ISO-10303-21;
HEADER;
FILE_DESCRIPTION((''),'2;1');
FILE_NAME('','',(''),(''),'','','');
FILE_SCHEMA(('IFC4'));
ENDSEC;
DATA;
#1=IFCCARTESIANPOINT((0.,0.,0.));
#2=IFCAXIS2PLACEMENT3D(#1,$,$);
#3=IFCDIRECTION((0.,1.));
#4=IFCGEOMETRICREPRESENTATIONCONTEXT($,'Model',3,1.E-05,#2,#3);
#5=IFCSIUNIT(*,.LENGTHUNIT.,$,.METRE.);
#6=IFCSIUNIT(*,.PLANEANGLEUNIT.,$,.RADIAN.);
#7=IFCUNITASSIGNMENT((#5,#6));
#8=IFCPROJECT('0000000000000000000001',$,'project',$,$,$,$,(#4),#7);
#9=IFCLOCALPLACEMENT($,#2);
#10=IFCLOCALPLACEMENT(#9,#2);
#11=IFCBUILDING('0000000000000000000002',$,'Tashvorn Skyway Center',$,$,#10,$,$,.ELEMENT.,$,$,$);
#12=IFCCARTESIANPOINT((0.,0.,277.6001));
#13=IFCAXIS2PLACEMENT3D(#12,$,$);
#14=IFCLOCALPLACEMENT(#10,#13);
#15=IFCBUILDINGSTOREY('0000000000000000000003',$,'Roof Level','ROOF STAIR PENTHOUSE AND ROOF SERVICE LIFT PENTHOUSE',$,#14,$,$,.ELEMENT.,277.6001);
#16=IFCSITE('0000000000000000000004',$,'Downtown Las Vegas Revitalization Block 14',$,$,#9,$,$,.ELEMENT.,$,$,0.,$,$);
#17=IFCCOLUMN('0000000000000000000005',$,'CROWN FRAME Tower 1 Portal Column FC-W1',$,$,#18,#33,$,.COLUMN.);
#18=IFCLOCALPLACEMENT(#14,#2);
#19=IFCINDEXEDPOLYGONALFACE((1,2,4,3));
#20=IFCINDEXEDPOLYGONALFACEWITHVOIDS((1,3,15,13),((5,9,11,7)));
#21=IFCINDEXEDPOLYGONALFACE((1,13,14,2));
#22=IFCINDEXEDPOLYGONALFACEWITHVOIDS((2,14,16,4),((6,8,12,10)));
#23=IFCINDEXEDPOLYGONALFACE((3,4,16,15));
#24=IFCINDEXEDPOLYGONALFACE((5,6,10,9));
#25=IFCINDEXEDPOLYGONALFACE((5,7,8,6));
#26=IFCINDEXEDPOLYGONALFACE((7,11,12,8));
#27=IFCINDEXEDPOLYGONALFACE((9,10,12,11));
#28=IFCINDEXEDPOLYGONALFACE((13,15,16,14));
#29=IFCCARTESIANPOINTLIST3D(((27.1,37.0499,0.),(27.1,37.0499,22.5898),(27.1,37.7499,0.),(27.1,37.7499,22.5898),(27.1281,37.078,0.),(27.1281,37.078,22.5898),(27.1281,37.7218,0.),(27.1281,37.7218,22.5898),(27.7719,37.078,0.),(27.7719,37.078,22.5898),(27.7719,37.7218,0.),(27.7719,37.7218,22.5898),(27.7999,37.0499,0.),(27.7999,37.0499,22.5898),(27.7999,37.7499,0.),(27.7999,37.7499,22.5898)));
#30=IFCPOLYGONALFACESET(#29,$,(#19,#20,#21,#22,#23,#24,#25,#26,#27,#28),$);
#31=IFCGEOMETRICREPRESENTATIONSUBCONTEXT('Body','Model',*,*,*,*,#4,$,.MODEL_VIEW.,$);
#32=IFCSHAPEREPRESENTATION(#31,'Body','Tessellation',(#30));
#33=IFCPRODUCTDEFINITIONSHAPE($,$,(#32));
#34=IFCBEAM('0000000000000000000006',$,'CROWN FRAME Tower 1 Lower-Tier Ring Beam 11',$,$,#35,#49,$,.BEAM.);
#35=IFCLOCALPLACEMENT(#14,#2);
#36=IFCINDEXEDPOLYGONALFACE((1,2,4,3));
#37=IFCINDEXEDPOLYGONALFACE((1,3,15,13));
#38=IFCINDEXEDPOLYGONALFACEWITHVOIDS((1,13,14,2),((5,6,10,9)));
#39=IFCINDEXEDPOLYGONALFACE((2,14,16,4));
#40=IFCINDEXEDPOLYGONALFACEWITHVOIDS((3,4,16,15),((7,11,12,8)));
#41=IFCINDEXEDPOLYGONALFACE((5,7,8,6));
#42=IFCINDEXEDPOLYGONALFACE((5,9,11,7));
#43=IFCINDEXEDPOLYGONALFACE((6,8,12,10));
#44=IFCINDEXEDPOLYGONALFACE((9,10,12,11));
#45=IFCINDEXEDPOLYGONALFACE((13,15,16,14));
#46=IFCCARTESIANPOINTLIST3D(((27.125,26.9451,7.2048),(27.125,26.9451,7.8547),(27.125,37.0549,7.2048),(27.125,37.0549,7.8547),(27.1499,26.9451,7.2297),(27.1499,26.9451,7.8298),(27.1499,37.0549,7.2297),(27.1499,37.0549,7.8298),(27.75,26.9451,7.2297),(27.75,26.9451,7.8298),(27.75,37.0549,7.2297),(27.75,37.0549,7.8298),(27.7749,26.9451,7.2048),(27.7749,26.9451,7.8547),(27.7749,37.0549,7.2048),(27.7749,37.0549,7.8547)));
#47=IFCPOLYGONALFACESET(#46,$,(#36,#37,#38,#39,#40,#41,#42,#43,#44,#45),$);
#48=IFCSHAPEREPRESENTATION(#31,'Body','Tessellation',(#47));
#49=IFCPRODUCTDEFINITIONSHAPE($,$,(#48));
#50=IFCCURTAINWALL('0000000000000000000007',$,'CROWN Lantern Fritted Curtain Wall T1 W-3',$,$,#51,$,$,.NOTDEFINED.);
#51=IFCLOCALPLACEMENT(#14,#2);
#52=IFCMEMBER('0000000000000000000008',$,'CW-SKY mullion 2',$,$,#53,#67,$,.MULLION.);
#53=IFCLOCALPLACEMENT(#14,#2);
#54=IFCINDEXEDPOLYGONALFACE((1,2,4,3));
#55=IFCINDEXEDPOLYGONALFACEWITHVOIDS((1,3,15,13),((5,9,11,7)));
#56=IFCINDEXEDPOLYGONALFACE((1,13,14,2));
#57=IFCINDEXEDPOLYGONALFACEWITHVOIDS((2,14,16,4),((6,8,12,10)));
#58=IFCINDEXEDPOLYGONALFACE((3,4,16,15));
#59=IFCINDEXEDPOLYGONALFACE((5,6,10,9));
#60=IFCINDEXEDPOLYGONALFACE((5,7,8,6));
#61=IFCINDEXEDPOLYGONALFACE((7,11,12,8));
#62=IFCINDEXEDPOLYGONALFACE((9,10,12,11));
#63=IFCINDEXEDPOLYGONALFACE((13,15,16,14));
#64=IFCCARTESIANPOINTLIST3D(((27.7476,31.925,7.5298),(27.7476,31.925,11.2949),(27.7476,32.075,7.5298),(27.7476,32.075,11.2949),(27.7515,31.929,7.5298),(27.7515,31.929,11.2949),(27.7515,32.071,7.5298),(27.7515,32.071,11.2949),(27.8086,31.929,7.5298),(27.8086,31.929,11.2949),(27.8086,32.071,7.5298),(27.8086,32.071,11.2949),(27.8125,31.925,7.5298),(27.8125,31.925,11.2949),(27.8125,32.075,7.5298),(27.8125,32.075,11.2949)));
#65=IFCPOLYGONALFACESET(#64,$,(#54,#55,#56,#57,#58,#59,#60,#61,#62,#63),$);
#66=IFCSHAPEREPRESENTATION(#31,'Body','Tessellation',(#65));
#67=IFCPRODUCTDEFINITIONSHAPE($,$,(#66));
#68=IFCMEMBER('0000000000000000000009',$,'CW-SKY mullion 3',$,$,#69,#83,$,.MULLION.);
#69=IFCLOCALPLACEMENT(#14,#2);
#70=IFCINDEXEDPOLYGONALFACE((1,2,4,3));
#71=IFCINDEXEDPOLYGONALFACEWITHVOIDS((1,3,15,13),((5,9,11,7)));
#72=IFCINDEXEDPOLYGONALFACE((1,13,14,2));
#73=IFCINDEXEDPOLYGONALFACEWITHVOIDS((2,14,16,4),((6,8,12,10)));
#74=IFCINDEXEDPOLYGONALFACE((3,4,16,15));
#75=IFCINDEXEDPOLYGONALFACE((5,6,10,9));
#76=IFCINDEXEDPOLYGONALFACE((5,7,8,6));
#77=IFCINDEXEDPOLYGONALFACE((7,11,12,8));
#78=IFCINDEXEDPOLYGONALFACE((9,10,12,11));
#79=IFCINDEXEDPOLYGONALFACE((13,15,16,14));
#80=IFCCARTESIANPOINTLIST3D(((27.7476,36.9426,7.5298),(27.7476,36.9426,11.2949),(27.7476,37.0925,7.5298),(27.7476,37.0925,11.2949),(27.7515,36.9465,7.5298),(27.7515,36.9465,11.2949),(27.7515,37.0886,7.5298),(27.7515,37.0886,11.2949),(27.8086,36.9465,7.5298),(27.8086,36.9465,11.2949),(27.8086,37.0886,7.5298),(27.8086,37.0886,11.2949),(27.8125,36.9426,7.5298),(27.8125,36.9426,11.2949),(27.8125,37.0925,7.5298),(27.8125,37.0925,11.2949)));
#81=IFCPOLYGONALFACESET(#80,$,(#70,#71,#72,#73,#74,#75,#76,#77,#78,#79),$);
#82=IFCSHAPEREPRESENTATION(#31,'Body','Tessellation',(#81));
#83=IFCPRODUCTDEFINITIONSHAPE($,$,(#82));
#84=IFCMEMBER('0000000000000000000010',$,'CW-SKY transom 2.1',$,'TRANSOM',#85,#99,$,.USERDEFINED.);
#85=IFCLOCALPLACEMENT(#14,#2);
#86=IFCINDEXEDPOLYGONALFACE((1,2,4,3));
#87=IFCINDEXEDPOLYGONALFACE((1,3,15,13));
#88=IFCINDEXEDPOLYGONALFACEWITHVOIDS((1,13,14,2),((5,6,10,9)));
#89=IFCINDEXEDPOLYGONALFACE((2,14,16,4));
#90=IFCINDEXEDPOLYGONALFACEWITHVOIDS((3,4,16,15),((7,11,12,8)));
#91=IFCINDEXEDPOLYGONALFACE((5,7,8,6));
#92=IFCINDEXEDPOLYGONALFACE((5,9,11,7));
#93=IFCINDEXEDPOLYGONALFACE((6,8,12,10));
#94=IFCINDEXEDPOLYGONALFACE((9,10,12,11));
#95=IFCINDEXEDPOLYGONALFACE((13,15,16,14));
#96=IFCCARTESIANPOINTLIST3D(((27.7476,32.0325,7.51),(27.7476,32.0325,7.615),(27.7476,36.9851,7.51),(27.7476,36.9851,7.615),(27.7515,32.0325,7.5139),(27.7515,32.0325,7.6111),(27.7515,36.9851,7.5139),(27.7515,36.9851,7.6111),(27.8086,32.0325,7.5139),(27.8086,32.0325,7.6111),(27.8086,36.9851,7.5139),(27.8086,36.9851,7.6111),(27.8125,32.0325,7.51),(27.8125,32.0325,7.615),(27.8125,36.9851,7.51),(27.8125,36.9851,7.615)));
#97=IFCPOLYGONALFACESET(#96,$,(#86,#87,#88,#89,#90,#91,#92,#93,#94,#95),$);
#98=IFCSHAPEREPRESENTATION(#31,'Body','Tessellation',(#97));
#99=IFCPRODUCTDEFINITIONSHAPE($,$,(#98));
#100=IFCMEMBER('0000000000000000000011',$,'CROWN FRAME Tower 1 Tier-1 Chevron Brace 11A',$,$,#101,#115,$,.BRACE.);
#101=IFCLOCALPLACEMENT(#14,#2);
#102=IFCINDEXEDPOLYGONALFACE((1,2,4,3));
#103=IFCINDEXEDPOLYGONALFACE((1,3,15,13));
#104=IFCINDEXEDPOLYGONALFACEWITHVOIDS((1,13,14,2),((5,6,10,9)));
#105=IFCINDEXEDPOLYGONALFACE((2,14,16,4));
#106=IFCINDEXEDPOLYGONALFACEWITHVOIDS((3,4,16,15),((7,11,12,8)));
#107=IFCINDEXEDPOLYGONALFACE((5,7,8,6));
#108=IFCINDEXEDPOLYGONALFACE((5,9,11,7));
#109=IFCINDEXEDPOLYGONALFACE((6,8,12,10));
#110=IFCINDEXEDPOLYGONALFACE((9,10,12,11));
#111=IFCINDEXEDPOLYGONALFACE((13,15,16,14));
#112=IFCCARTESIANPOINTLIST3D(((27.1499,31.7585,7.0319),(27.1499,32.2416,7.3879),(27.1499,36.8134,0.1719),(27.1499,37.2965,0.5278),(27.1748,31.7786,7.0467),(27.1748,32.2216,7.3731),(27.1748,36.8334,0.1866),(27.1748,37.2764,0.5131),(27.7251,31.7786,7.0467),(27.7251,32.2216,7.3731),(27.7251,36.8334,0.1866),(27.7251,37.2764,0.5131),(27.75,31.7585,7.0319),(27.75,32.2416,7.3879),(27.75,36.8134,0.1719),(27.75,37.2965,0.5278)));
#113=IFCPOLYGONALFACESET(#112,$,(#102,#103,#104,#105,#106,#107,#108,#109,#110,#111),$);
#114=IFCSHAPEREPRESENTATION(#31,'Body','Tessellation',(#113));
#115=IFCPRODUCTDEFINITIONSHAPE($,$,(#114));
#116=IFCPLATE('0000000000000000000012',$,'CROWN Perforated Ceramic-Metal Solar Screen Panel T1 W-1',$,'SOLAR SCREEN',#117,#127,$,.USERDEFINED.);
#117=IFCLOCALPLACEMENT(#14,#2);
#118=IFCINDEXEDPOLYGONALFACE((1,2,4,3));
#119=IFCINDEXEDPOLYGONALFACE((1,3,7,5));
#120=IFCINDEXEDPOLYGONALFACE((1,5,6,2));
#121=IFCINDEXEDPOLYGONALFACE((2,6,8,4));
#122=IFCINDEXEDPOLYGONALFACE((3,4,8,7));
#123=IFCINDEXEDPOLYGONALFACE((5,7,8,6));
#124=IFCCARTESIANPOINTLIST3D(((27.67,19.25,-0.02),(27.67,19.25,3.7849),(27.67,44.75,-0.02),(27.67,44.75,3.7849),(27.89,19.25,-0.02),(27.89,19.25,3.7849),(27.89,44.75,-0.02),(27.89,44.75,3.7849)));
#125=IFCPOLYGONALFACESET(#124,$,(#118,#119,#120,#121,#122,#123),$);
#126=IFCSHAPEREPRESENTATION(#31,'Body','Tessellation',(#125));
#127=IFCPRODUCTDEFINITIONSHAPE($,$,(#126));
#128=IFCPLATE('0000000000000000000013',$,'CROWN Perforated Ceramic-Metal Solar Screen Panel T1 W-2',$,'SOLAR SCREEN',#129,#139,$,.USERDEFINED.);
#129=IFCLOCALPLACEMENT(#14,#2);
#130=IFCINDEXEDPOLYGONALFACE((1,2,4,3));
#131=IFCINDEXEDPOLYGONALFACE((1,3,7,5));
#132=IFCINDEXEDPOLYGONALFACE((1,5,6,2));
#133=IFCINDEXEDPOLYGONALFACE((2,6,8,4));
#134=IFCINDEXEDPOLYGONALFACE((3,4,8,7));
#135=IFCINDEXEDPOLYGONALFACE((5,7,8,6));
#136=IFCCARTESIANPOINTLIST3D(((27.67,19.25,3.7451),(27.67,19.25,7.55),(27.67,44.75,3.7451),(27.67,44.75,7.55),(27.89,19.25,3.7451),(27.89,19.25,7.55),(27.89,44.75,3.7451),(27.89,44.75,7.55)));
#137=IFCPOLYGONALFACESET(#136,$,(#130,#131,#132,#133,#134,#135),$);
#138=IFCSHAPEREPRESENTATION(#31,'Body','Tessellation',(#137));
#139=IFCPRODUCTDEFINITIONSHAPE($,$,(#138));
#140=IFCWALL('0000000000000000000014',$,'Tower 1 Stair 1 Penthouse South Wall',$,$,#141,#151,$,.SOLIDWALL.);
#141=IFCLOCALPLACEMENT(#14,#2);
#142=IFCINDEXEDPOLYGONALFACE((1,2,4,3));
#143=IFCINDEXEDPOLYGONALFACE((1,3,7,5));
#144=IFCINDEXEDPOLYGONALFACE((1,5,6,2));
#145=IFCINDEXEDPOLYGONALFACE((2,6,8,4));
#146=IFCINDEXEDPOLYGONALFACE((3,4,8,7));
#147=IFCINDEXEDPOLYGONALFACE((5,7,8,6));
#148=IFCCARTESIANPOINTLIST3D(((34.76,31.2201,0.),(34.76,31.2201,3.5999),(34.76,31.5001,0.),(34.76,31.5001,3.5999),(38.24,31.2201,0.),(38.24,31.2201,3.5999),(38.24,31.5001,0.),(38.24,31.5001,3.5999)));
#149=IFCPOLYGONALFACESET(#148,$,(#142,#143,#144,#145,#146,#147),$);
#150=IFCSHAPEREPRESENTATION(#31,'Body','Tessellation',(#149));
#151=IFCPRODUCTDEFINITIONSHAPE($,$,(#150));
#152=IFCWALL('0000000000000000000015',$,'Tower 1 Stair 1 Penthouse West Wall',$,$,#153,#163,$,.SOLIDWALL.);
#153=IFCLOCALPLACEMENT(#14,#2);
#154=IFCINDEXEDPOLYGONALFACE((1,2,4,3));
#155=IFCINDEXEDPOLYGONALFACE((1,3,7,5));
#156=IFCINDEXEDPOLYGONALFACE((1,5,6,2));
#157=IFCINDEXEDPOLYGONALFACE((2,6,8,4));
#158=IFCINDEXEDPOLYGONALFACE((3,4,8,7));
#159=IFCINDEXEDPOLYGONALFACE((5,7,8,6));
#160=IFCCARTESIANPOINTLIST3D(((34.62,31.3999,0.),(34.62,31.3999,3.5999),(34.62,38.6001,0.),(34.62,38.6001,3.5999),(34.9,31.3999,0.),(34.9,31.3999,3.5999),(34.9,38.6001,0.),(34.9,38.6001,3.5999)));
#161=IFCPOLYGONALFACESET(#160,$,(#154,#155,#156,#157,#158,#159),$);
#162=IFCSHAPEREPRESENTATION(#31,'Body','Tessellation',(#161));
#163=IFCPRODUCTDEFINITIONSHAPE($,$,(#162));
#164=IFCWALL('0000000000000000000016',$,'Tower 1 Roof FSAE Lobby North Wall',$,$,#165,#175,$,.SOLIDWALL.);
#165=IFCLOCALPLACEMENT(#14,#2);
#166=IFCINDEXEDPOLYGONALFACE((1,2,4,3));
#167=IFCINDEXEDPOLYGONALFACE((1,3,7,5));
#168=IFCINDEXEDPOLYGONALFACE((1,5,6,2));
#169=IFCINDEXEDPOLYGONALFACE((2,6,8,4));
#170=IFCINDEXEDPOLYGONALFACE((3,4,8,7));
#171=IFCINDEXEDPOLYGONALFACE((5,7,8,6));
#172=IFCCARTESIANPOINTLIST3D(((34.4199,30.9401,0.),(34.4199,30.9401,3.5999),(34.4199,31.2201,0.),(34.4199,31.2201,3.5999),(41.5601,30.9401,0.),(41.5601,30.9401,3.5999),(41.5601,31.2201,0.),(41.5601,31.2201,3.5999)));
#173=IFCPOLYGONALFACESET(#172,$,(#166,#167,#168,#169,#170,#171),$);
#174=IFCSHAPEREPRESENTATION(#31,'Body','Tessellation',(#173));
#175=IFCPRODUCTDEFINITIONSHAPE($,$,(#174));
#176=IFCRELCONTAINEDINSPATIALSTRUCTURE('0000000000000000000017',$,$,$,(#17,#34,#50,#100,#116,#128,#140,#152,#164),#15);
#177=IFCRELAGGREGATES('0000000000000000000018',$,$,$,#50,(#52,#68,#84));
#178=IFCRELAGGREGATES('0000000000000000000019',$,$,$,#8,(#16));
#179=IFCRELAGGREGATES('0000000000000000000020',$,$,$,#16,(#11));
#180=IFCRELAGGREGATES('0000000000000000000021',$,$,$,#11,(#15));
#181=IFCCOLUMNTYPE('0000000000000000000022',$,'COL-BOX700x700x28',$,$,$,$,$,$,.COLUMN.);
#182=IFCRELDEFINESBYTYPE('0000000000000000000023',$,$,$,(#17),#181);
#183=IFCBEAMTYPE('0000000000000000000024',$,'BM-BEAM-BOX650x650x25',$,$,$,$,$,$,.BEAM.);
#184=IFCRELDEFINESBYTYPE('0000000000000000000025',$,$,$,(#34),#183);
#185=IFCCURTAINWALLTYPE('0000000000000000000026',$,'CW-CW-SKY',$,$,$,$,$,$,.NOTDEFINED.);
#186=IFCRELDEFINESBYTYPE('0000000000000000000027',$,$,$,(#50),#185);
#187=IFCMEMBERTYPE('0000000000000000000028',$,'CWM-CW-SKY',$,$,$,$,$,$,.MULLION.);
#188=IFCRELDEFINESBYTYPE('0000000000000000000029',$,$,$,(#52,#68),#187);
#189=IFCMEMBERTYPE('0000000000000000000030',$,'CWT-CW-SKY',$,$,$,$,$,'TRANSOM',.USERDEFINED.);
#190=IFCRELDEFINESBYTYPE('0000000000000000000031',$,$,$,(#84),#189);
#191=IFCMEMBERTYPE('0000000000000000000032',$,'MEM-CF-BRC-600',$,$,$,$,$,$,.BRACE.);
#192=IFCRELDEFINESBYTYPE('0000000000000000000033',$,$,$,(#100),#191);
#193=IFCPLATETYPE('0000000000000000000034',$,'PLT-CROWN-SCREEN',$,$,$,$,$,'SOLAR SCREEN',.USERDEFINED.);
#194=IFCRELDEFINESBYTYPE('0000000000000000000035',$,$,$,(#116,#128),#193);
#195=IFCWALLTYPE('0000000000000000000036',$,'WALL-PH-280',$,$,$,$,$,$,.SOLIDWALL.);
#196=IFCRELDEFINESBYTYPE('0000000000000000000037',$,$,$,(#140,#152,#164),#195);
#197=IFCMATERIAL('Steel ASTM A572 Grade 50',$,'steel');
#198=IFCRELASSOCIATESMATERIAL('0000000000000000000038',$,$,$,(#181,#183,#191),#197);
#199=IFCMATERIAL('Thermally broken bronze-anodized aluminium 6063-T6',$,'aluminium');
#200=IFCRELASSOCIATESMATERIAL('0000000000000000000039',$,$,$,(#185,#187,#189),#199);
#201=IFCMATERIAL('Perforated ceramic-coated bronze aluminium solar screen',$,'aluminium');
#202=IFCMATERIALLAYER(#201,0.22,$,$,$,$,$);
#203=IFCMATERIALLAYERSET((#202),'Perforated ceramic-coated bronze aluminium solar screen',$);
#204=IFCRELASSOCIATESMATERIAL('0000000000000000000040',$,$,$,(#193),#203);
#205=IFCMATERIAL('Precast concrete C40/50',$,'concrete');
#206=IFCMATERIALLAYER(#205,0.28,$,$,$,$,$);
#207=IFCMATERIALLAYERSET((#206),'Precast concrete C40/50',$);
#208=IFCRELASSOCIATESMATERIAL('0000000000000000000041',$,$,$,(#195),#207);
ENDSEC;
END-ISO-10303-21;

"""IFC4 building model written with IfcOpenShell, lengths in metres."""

from ifc_helpers import new_model, si_unit, direction, frame, frame_2d, origin, origin_2d, place, context, subcontext, project, spatial, rectangle, hollow_rectangle, extrude, material, layer, layer_set, material_profile, profile_set, type_object, element, aggregate, save


model = new_model("IFC4")

# Units and contexts
model_context = context("Model", 3, precision=1e-05, world=origin(), true_north=direction((0.0, 1.0)))
body_context = subcontext(model_context, "Body", "Model", "MODEL_VIEW")
ifc_project = project(units=[si_unit("LENGTHUNIT", "METRE"), si_unit("PLANEANGLEUNIT", "RADIAN")], contexts=[model_context])

# Site, building, storey
site_placement = place(None, origin())
site = spatial("IfcSite", under=ifc_project, at=site_placement, Name="Downtown Las Vegas Revitalization Block 14", CompositionType="ELEMENT", RefElevation=0.0)
building_placement = place(site_placement, origin())
building = spatial("IfcBuilding", under=site, at=building_placement, Name="Tashvorn Skyway Center", CompositionType="ELEMENT")
storey_placement = place(building_placement, frame((0.0, 0.0, 277.6001)))
storey = spatial("IfcBuildingStorey", under=building, at=storey_placement, Name="Roof Level", Description="ROOF STAIR PENTHOUSE AND ROOF SERVICE LIFT PENTHOUSE", CompositionType="ELEMENT", Elevation=277.6001)

# Column
ifc_material_1 = material(Name="Steel ASTM A572 Grade 50", Category="steel")
ifc_material_profile_1 = material_profile(ifc_material_1, hollow_rectangle(XDim=0.7, YDim=0.7, WallThickness=0.0281, at=origin_2d()), Name="BOX700x700x28")
ifc_profile_set_1 = profile_set([ifc_material_profile_1], Name="Steel ASTM A572 Grade 50")
column_type = type_object("IfcColumnType", Name="COL-BOX700x700x28", PredefinedType="COLUMN", material=ifc_profile_set_1)
column_placement = place(storey_placement, frame((27.45, 37.3999, 0.0), z_axis=(0.0, 0.0, 1.0), x_axis=(1.0, 0.0, 0.0)))
element("IfcColumn", 1, at=column_placement, inside=storey, type_object=column_type, Name="CROWN FRAME Tower 1 Portal Column FC-W1", PredefinedType="COLUMN", context=body_context, shape_type="SweptSolid", body=[
    extrude(hollow_rectangle(XDim=0.7, YDim=0.7, WallThickness=0.0281, at=origin_2d()), origin(), (0.0, 0.0, 1.0), 22.5898),
])

# Beam
ifc_material_profile_2 = material_profile(ifc_material_1, hollow_rectangle(XDim=0.6499, YDim=0.6499, WallThickness=0.0249, at=origin_2d()), Name="BOX650x650x25")
ifc_profile_set_2 = profile_set([ifc_material_profile_2], Name="Steel ASTM A572 Grade 50")
beam_type = type_object("IfcBeamType", Name="BM-BEAM-BOX650x650x25", PredefinedType="BEAM", material=ifc_profile_set_2)
beam_placement = place(storey_placement, frame((27.45, 37.0549, 7.5298), z_axis=(0.0, -1.0, 0.0), x_axis=(1.0, 0.0, 0.0)))
element("IfcBeam", 2, at=beam_placement, inside=storey, type_object=beam_type, Name="CROWN FRAME Tower 1 Lower-Tier Ring Beam 11", PredefinedType="BEAM", context=body_context, shape_type="SweptSolid", body=[
    extrude(hollow_rectangle(XDim=0.6499, YDim=0.6499, WallThickness=0.0249, at=origin_2d()), origin(), (0.0, 0.0, 1.0), 10.1099),
])

# Curtain wall, members
ifc_material_2 = material(Name="Thermally broken bronze-anodized aluminium 6063-T6", Category="aluminium")
curtain_wall_type = type_object("IfcCurtainWallType", Name="CW-CW-SKY", PredefinedType="NOTDEFINED", material=ifc_material_2)
curtain_wall_placement = place(storey_placement, origin())
curtain_wall = element("IfcCurtainWall", 3, at=curtain_wall_placement, inside=storey, type_object=curtain_wall_type, Name="CROWN Lantern Fritted Curtain Wall T1 W-3", PredefinedType="NOTDEFINED")
ifc_material_profile_3 = material_profile(ifc_material_2, hollow_rectangle(XDim=0.0649, YDim=0.1499, WallThickness=0.0039, at=origin_2d()), Name="ALU-MULL-65x150")
ifc_profile_set_3 = profile_set([ifc_material_profile_3], Name="Thermally broken bronze-anodized aluminium 6063-T6")
member_type_1 = type_object("IfcMemberType", Name="CWM-CW-SKY", PredefinedType="MULLION", material=ifc_profile_set_3)
member_1_placement = place(storey_placement, frame((27.78, 32.0, 7.5298), z_axis=(0.0, 0.0, 1.0), x_axis=(-1.0, 0.0, 0.0)))
member_1 = element("IfcMember", 4, at=member_1_placement, type_object=member_type_1, Name="CW-SKY mullion 2", PredefinedType="MULLION", context=body_context, shape_type="SweptSolid", body=[
    extrude(hollow_rectangle(XDim=0.0649, YDim=0.1499, WallThickness=0.0039, at=origin_2d()), origin(), (0.0, 0.0, 1.0), 3.7651),
])
member_2_placement = place(storey_placement, frame((27.78, 37.0176, 7.5298), z_axis=(0.0, 0.0, 1.0), x_axis=(-1.0, 0.0, 0.0)))
member_2 = element("IfcMember", 5, at=member_2_placement, type_object=member_type_1, Name="CW-SKY mullion 3", PredefinedType="MULLION", context=body_context, shape_type="SweptSolid", body=[
    extrude(hollow_rectangle(XDim=0.0649, YDim=0.1499, WallThickness=0.0039, at=origin_2d()), origin(), (0.0, 0.0, 1.0), 3.7651),
])
ifc_material_profile_4 = material_profile(ifc_material_2, hollow_rectangle(XDim=0.0649, YDim=0.105, WallThickness=0.0039, at=origin_2d()), Name="ALU-TRAN-65x105")
ifc_profile_set_4 = profile_set([ifc_material_profile_4], Name="Thermally broken bronze-anodized aluminium 6063-T6")
member_type_2 = type_object("IfcMemberType", Name="CWT-CW-SKY", ElementType="TRANSOM", PredefinedType="USERDEFINED", material=ifc_profile_set_4)
member_3_placement = place(storey_placement, frame((27.78, 32.0325, 7.5625), z_axis=(0.0, 1.0, 0.0), x_axis=(-1.0, 0.0, 0.0)))
member_3 = element("IfcMember", 6, at=member_3_placement, type_object=member_type_2, Name="CW-SKY transom 2.1", ObjectType="TRANSOM", PredefinedType="USERDEFINED", context=body_context, shape_type="SweptSolid", body=[
    extrude(hollow_rectangle(XDim=0.0649, YDim=0.105, WallThickness=0.0039, at=origin_2d()), origin(), (0.0, 0.0, 1.0), 4.9526),
])
aggregate(curtain_wall, [member_1, member_2, member_3])

# Member
ifc_material_profile_5 = material_profile(ifc_material_1, hollow_rectangle(XDim=0.6001, YDim=0.6001, WallThickness=0.0249, at=origin_2d()), Name="BOX600x600x25")
ifc_profile_set_5 = profile_set([ifc_material_profile_5], Name="Steel ASTM A572 Grade 50")
member_type_3 = type_object("IfcMemberType", Name="MEM-CF-BRC-600", PredefinedType="BRACE", material=ifc_profile_set_5)
member_4_placement = place(storey_placement, frame((27.45, 37.0549, 0.3499), z_axis=(0.0, -0.593208, 0.805049), x_axis=(1.0, 0.0, 0.0)))
element("IfcMember", 7, at=member_4_placement, inside=storey, type_object=member_type_3, Name="CROWN FRAME Tower 1 Tier-1 Chevron Brace 11A", PredefinedType="BRACE", context=body_context, shape_type="SweptSolid", body=[
    extrude(hollow_rectangle(XDim=0.6001, YDim=0.6001, WallThickness=0.0249, at=origin_2d()), origin(), (0.0, 0.0, 1.0), 8.5212),
])

# Plates
ifc_material_3 = material(Name="Perforated ceramic-coated bronze aluminium solar screen", Category="aluminium")
ifc_layer_1 = layer(ifc_material_3, 0.22)
ifc_layer_set_1 = layer_set([ifc_layer_1], Name="Perforated ceramic-coated bronze aluminium solar screen")
plate_type = type_object("IfcPlateType", Name="PLT-CROWN-SCREEN", ElementType="SOLAR SCREEN", PredefinedType="USERDEFINED", material=ifc_layer_set_1)
for number, where, z_axis, x_axis, name in (
    (8, (27.78, 32.0, -0.02), (0.0, 0.0, 1.0), (0.0, -1.0, 0.0), "CROWN Perforated Ceramic-Metal Solar Screen Panel T1 W-1"),
    (9, (27.78, 32.0, 3.7451), (0.0, 0.0, 1.0), (0.0, -1.0, 0.0), "CROWN Perforated Ceramic-Metal Solar Screen Panel T1 W-2"),
):
    element("IfcPlate", number, at=place(storey_placement, frame(where, z_axis=z_axis, x_axis=x_axis)), inside=storey, type_object=plate_type, Name=name, ObjectType="SOLAR SCREEN", PredefinedType="USERDEFINED", context=body_context, shape_type="SweptSolid", body=[
        extrude(rectangle(XDim=25.5, YDim=0.22, at=origin_2d()), origin(), (0.0, 0.0, 1.0), 3.8049),
    ])

# Wall
ifc_material_4 = material(Name="Precast concrete C40/50", Category="concrete")
ifc_layer_2 = layer(ifc_material_4, 0.28)
ifc_layer_set_2 = layer_set([ifc_layer_2], Name="Precast concrete C40/50")
wall_type = type_object("IfcWallType", Name="WALL-PH-280", PredefinedType="SOLIDWALL", material=ifc_layer_set_2)
wall_1_placement = place(storey_placement, frame((38.24, 31.3601, 0.0), z_axis=(0.0, 0.0, 1.0), x_axis=(-1.0, 0.0, 0.0)))
element("IfcWall", 10, at=wall_1_placement, inside=storey, type_object=wall_type, Name="Tower 1 Stair 1 Penthouse South Wall", PredefinedType="SOLIDWALL", context=body_context, shape_type="SweptSolid", body=[
    extrude(rectangle(XDim=3.48, YDim=0.28, at=frame_2d((1.74, 0.0))), origin(), (0.0, 0.0, 1.0), 3.5999),
])

# Walls
wall_2_placement = place(storey_placement, frame((34.76, 31.3999, 0.0), z_axis=(0.0, 0.0, 1.0), x_axis=(0.0, 1.0, 0.0)))
element("IfcWall", 11, at=wall_2_placement, inside=storey, type_object=wall_type, Name="Tower 1 Stair 1 Penthouse West Wall", PredefinedType="SOLIDWALL", context=body_context, shape_type="SweptSolid", body=[
    extrude(rectangle(XDim=7.2002, YDim=0.28, at=frame_2d((3.6001, 0.0))), origin(), (0.0, 0.0, 1.0), 3.5999),
])
wall_3_placement = place(storey_placement, frame((34.4199, 31.0801, 0.0), z_axis=(0.0, 0.0, 1.0), x_axis=(1.0, 0.0, 0.0)))
element("IfcWall", 12, at=wall_3_placement, inside=storey, type_object=wall_type, Name="Tower 1 Roof FSAE Lobby North Wall", PredefinedType="SOLIDWALL", context=body_context, shape_type="SweptSolid", body=[
    extrude(rectangle(XDim=7.1401, YDim=0.28, at=frame_2d((3.5701, 0.0))), origin(), (0.0, 0.0, 1.0), 3.5999),
])

save(model, "model.ifc")
